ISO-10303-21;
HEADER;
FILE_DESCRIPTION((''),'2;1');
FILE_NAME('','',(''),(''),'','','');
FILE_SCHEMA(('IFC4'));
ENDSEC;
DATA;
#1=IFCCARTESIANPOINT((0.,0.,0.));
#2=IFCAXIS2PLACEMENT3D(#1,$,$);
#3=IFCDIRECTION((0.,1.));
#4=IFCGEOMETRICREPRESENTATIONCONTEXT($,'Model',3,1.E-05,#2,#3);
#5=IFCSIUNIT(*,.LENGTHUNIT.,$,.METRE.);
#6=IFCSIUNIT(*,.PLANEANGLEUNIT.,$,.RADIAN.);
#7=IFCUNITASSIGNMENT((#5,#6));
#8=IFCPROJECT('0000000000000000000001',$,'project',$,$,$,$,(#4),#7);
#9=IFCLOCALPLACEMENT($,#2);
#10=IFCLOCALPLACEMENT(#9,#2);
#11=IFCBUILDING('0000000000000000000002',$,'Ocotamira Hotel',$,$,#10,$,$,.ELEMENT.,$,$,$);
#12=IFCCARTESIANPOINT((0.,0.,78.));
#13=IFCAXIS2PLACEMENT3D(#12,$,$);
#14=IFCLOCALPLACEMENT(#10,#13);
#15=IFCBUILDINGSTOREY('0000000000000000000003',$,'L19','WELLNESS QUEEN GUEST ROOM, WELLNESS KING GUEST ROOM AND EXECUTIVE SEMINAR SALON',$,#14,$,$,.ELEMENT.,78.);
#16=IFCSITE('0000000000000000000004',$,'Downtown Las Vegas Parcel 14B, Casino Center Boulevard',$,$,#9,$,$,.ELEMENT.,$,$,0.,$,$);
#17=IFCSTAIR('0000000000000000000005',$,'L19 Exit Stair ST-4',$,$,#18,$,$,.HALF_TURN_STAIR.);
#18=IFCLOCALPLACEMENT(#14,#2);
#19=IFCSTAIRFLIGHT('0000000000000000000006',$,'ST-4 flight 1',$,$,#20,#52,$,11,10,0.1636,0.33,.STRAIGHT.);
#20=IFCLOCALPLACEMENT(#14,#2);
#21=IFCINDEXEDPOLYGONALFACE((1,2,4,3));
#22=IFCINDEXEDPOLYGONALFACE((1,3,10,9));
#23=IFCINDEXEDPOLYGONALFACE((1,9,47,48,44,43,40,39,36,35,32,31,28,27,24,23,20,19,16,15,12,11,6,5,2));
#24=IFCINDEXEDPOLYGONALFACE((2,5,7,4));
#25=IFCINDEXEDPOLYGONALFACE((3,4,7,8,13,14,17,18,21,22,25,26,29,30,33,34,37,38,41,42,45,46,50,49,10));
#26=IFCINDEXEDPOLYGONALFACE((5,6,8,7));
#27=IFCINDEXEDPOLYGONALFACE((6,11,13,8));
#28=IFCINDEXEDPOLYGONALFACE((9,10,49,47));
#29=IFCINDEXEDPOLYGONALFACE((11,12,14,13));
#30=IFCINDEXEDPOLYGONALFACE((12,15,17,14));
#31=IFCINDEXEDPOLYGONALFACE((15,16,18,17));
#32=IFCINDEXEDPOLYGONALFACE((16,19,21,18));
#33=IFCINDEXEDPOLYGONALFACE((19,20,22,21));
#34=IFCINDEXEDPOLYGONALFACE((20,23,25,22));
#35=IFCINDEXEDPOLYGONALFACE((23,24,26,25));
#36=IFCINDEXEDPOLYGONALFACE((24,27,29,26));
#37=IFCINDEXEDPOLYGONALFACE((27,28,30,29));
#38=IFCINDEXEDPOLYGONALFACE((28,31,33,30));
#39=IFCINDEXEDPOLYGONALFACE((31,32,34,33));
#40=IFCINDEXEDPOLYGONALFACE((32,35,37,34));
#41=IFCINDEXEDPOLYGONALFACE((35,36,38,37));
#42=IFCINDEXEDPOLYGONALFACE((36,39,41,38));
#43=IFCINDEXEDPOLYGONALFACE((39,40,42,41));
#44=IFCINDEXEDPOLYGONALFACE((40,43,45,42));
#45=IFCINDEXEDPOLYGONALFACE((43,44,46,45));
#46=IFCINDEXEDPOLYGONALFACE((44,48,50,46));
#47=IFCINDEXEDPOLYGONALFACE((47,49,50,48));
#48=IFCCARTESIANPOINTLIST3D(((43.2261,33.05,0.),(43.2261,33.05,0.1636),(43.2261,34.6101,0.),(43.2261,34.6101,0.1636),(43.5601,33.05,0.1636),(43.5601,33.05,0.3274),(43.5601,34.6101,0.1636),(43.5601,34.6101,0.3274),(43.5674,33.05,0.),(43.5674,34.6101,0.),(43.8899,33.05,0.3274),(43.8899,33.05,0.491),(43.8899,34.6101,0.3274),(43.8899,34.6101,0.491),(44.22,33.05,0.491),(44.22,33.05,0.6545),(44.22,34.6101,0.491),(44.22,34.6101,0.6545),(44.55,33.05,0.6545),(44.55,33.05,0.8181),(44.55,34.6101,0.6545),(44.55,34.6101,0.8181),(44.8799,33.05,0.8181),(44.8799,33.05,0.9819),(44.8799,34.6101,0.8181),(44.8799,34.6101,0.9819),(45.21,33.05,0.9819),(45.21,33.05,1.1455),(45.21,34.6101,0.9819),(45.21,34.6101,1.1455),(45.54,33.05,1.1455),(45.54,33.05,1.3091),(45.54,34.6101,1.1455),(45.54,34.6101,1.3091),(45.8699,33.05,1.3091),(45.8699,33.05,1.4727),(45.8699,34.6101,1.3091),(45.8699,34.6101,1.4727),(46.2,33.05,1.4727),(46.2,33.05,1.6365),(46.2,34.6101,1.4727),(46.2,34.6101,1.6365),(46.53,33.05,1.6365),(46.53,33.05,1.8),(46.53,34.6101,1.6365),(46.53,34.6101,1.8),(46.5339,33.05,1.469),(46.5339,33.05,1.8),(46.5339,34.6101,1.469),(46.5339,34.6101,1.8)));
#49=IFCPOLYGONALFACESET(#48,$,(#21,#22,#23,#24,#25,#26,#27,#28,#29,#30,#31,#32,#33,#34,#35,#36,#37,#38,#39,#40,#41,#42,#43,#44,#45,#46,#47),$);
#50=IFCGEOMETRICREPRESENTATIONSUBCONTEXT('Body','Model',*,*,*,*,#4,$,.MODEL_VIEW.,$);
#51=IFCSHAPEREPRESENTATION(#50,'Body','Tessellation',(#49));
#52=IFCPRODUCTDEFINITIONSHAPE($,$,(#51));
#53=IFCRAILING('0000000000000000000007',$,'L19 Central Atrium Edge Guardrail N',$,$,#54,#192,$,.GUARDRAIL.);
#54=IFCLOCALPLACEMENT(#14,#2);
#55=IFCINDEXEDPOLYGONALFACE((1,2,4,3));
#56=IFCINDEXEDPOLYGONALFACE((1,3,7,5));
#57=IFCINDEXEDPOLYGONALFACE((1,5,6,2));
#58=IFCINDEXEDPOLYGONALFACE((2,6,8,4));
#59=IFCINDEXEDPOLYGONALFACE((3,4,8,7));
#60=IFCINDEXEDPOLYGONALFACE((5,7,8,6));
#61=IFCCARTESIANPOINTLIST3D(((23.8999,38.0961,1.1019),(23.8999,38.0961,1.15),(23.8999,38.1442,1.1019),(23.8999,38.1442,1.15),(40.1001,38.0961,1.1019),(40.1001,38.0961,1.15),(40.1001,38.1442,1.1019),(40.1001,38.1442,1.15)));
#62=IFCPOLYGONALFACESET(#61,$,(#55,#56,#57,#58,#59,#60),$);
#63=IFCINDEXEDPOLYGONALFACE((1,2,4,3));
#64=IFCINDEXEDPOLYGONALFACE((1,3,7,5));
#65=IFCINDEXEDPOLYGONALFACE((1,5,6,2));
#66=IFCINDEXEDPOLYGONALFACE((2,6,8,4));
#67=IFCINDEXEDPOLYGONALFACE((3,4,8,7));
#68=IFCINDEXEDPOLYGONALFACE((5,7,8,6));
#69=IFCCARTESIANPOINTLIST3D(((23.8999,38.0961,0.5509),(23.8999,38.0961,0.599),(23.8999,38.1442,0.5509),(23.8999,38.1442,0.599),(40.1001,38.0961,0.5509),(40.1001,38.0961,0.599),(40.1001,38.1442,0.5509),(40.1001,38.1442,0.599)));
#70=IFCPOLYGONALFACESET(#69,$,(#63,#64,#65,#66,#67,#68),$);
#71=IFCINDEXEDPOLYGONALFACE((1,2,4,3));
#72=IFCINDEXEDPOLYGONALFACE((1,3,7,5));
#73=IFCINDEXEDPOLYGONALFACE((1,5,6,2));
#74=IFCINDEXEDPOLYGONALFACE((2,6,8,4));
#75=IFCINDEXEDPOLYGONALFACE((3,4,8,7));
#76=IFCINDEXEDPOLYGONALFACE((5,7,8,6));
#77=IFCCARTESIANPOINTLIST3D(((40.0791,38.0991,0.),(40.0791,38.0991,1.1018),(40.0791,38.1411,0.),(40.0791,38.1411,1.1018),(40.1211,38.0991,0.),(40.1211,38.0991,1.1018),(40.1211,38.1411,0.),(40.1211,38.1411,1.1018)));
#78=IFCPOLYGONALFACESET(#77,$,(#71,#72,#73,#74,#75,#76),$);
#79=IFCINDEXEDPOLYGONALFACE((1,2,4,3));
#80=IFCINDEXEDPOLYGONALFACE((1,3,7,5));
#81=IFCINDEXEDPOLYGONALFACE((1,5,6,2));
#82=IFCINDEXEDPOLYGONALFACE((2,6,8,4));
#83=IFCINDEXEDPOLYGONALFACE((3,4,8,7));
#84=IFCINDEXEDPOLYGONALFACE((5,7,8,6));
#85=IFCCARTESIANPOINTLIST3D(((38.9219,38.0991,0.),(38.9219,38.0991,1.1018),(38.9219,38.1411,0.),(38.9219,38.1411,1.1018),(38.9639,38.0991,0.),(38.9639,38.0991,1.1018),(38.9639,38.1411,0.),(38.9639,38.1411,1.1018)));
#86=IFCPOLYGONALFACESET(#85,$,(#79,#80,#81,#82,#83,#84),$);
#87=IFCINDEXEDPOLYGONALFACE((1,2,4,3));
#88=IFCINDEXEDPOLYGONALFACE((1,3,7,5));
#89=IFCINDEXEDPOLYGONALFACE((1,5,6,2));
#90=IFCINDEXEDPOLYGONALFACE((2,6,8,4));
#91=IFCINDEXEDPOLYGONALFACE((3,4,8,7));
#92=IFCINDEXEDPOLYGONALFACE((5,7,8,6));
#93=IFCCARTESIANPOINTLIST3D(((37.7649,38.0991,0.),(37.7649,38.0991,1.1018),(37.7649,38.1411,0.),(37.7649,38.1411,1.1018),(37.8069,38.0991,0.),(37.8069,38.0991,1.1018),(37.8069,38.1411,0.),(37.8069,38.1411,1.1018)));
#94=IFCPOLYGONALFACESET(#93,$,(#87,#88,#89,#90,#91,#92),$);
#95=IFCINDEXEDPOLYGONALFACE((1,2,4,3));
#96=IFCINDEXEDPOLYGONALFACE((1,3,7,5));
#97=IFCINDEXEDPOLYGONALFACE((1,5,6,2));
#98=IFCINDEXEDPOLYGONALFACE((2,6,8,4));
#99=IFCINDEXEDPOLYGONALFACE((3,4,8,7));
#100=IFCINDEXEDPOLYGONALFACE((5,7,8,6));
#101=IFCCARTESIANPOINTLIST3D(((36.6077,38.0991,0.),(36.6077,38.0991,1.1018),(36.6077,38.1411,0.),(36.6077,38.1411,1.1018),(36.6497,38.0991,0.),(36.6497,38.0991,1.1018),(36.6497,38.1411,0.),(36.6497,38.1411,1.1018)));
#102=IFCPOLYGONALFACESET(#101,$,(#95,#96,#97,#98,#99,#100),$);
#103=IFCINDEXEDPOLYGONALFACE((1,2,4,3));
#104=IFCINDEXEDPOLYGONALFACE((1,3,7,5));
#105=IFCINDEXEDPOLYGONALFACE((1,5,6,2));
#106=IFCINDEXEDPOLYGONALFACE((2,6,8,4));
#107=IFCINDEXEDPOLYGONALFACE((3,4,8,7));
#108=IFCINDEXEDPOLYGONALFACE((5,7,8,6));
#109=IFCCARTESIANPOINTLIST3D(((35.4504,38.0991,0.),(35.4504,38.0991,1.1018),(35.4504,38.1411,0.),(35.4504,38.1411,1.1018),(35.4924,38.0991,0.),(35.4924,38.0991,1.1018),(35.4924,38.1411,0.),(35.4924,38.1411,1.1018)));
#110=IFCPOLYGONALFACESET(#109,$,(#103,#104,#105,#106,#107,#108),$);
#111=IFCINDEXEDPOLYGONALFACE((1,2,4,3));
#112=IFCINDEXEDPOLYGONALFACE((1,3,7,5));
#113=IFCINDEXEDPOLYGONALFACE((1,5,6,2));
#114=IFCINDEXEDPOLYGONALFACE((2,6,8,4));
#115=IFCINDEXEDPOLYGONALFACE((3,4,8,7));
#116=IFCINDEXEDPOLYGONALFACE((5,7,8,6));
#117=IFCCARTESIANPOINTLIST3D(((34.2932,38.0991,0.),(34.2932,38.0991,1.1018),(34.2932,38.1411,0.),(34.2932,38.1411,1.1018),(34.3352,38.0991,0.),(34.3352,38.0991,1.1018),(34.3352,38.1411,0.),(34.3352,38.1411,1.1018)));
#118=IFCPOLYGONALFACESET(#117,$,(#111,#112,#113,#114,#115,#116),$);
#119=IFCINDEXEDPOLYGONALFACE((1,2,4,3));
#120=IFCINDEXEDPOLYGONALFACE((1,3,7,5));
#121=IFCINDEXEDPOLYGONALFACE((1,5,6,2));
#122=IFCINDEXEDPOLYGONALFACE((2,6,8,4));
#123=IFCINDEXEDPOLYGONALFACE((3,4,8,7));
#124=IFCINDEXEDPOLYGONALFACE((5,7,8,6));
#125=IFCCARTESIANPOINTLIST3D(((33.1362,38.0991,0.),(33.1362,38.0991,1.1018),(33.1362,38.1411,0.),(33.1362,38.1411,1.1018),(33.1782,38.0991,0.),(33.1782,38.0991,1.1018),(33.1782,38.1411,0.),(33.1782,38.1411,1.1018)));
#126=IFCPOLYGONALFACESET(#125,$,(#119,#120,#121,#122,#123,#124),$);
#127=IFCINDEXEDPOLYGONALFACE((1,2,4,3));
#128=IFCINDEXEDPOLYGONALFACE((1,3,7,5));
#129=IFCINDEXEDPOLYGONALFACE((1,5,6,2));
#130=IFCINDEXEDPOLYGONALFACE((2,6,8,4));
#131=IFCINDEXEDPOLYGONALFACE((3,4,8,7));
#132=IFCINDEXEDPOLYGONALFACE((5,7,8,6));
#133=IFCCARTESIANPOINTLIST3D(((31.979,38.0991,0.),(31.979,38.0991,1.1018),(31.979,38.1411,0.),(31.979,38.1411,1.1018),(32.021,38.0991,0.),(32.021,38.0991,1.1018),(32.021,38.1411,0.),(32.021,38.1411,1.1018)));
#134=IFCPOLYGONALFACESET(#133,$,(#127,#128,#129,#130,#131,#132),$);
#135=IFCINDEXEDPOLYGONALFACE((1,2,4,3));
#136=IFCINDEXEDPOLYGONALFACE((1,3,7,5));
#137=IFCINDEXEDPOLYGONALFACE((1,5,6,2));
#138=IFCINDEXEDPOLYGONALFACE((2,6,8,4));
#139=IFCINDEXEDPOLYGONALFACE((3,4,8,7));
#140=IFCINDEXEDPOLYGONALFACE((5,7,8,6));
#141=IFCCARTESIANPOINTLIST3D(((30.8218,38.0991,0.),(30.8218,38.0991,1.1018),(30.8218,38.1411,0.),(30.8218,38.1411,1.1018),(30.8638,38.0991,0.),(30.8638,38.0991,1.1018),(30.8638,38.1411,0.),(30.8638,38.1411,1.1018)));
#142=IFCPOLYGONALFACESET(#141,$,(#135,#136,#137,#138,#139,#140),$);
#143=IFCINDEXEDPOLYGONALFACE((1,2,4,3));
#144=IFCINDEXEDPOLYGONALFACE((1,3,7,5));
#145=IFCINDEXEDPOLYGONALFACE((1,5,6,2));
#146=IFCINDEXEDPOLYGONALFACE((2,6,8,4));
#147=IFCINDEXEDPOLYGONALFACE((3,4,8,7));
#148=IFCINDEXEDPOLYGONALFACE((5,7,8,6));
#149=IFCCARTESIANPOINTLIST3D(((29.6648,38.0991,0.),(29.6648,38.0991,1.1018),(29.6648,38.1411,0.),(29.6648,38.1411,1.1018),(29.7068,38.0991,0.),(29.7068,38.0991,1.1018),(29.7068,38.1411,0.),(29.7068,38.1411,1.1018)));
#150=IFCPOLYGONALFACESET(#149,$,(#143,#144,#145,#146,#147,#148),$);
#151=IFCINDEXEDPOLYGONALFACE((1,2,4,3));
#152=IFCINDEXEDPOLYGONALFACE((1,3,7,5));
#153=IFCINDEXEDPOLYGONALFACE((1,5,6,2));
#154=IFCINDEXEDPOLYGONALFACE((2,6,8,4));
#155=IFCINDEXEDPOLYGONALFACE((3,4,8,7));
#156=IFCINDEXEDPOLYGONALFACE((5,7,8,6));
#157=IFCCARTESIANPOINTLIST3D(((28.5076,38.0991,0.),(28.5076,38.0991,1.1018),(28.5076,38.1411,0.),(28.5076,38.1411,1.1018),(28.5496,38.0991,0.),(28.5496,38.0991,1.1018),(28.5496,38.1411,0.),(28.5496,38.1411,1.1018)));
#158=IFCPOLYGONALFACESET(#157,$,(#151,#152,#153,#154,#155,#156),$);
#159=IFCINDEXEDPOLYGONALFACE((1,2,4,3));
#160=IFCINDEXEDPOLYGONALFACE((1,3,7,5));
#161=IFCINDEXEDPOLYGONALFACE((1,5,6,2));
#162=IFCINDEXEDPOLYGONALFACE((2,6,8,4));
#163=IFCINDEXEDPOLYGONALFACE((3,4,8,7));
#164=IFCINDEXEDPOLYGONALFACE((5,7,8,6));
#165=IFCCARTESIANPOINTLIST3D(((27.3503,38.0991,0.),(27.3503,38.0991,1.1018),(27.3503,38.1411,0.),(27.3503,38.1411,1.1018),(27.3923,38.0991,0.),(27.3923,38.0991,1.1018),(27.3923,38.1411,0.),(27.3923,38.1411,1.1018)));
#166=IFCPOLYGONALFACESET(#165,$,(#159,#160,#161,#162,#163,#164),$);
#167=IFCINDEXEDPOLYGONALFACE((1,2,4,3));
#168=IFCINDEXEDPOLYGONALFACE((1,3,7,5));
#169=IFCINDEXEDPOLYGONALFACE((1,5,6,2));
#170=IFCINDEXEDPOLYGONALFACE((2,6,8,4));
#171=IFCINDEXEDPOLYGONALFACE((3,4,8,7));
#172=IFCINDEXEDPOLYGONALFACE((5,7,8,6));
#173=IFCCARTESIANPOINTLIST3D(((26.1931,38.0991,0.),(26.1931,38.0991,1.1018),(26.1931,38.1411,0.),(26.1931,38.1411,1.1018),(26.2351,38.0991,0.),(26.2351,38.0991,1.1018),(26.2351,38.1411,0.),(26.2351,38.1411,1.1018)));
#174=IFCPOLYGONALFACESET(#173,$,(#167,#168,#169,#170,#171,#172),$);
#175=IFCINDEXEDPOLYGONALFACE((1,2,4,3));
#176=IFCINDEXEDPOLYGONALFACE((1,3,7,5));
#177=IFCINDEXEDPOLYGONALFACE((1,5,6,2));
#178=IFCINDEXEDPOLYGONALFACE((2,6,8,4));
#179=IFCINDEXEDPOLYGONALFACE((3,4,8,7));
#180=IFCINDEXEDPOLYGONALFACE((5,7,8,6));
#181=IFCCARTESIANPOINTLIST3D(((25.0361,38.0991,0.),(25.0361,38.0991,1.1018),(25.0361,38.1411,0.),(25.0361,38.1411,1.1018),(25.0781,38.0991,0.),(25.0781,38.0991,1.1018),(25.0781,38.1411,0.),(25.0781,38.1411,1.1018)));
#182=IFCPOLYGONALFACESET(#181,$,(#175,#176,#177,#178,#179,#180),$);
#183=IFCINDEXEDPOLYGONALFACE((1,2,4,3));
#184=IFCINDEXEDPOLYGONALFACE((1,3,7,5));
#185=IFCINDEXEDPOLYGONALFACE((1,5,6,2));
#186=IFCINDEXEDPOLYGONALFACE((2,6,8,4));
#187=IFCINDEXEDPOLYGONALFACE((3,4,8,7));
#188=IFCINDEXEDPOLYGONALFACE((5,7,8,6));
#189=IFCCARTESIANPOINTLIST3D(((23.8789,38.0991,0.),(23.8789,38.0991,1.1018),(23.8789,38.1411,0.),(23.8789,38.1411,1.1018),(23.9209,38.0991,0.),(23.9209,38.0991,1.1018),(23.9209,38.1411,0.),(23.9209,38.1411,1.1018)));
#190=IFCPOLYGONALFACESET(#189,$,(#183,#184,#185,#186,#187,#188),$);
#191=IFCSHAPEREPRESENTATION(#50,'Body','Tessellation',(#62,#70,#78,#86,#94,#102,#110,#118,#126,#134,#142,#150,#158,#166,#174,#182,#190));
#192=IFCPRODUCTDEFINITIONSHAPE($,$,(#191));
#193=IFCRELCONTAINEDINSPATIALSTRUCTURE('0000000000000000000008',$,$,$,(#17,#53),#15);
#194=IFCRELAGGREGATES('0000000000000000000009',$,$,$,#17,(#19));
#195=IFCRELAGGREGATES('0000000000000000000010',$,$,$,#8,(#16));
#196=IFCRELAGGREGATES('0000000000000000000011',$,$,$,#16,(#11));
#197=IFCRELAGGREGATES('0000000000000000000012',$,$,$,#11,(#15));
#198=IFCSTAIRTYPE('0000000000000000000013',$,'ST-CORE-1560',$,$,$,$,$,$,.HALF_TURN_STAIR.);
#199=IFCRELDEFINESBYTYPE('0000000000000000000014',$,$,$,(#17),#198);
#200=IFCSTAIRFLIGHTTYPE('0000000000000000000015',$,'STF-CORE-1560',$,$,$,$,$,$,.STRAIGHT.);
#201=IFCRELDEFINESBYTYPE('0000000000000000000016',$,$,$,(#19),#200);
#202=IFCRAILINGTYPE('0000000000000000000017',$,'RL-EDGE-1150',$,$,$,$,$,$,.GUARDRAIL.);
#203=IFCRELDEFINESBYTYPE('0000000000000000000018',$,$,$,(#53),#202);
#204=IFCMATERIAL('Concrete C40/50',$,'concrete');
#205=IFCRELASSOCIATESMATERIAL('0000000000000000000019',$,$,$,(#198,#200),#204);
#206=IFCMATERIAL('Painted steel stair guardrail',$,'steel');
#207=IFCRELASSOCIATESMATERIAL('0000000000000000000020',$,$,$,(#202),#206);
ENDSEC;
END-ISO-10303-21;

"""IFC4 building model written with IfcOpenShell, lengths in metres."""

from ifc_helpers import new_model, si_unit, direction, frame, origin, origin_2d, place, context, subcontext, project, spatial, polyline, rectangle, outline, extrude, source, transform, mapped, material, type_object, element, aggregate, save


model = new_model("IFC4")

# Units and contexts
model_context = context("Model", 3, precision=1e-05, world=origin(), true_north=direction((0.0, 1.0)))
body_context = subcontext(model_context, "Body", "Model", "MODEL_VIEW")
ifc_project = project(units=[si_unit("LENGTHUNIT", "METRE"), si_unit("PLANEANGLEUNIT", "RADIAN")], contexts=[model_context])

# Site, building, storey
site_placement = place(None, origin())
site = spatial("IfcSite", under=ifc_project, at=site_placement, Name="Downtown Las Vegas Parcel 14B, Casino Center Boulevard", CompositionType="ELEMENT", RefElevation=0.0)
building_placement = place(site_placement, origin())
building = spatial("IfcBuilding", under=site, at=building_placement, Name="Ocotamira Hotel", CompositionType="ELEMENT")
storey_placement = place(building_placement, frame((0.0, 0.0, 78.0)))
storey = spatial("IfcBuildingStorey", under=building, at=storey_placement, Name="L19", Description="WELLNESS QUEEN GUEST ROOM, WELLNESS KING GUEST ROOM AND EXECUTIVE SEMINAR SALON", CompositionType="ELEMENT", Elevation=78.0)

# Stair, stair flight
ifc_material_1 = material(Name="Concrete C40/50", Category="concrete")
stair_type = type_object("IfcStairType", Name="ST-CORE-1560", PredefinedType="HALF_TURN_STAIR", material=ifc_material_1)
stair_placement = place(storey_placement, origin())
stair = element("IfcStair", 1, at=stair_placement, inside=storey, type_object=stair_type, Name="L19 Exit Stair ST-4", PredefinedType="HALF_TURN_STAIR")
stair_flight_type = type_object("IfcStairFlightType", Name="STF-CORE-1560", PredefinedType="STRAIGHT", material=ifc_material_1)
shared_shape_1 = source(origin(), body_context, "Body", "SweptSolid", [
    extrude(outline(polyline([(-0.0039, 0.0), (-0.0039, 0.1636), (0.3301, 0.1636), (0.3301, 0.3274), (0.6599, 0.3274), (0.6599, 0.491), (0.99, 0.491), (0.99, 0.6545), (1.3201, 0.6545), (1.3201, 0.8181), (1.6499, 0.8181), (1.6499, 0.9819), (1.98, 0.9819), (1.98, 1.1455), (2.3101, 1.1455), (2.3101, 1.3091), (2.6399, 1.3091), (2.6399, 1.4727), (2.97, 1.4727), (2.97, 1.6365), (3.3, 1.6365), (3.3, 1.8), (3.304, 1.8), (3.304, 1.469), (0.3374, 0.0), (-0.0039, 0.0)])), frame((0.0, 0.78, 0.0), z_axis=(0.0, -1.0, 0.0), x_axis=(1.0, 0.0, 0.0)), (0.0, 0.0, 1.0), 1.5601),
])
stair_flight_placement = place(storey_placement, frame((43.23, 33.8301, 0.0), z_axis=(0.0, 0.0, 1.0), x_axis=(1.0, 0.0, 0.0)))
stair_flight = element("IfcStairFlight", 2, at=stair_flight_placement, type_object=stair_flight_type, Name="ST-4 flight 1", NumberOfRisers=11, NumberOfTreads=10, PredefinedType="STRAIGHT", RiserHeight=0.1636, TreadLength=0.33, context=body_context, shape_type="MappedRepresentation", body=[
    mapped(shared_shape_1, transform((0.0, 0.0, 0.0), scale=1.0)),
])
aggregate(stair, [stair_flight])

# Railing
ifc_material_2 = material(Name="Painted steel stair guardrail", Category="steel")
railing_type_1 = type_object("IfcRailingType", Name="RL-EDGE-1150", PredefinedType="GUARDRAIL", material=ifc_material_2)
railing_1_placement = place(storey_placement, frame((40.1001, 38.1201, 0.0)))
element("IfcRailing", 3, at=railing_1_placement, inside=storey, type_object=railing_type_1, Name="L19 Central Atrium Edge Guardrail N", PredefinedType="GUARDRAIL", context=body_context, shape_type="SweptSolid", body=[
    extrude(rectangle(XDim=0.0481, YDim=0.0481, at=origin_2d()), frame((0.0, 0.0, 1.126), z_axis=(-1.0, 0.0, 0.0), x_axis=(0.0, -1.0, 0.0)), (0.0, 0.0, 1.0), 16.2002),
    extrude(rectangle(XDim=0.0481, YDim=0.0481, at=origin_2d()), frame((0.0, 0.0, 0.575), z_axis=(-1.0, 0.0, 0.0), x_axis=(0.0, -1.0, 0.0)), (0.0, 0.0, 1.0), 16.2002),
    extrude(rectangle(XDim=0.042, YDim=0.042, at=origin_2d()), origin(), (0.0, 0.0, 1.0), 1.1018),
    extrude(rectangle(XDim=0.042, YDim=0.042, at=origin_2d()), frame((-1.1572, 0.0, 0.0)), (0.0, 0.0, 1.0), 1.1018),
    extrude(rectangle(XDim=0.042, YDim=0.042, at=origin_2d()), frame((-2.3142, 0.0, 0.0)), (0.0, 0.0, 1.0), 1.1018),
    extrude(rectangle(XDim=0.042, YDim=0.042, at=origin_2d()), frame((-3.4714, 0.0, 0.0)), (0.0, 0.0, 1.0), 1.1018),
    extrude(rectangle(XDim=0.042, YDim=0.042, at=origin_2d()), frame((-4.6287, 0.0, 0.0)), (0.0, 0.0, 1.0), 1.1018),
    extrude(rectangle(XDim=0.042, YDim=0.042, at=origin_2d()), frame((-5.7859, 0.0, 0.0)), (0.0, 0.0, 1.0), 1.1018),
    extrude(rectangle(XDim=0.042, YDim=0.042, at=origin_2d()), frame((-6.9429, 0.0, 0.0)), (0.0, 0.0, 1.0), 1.1018),
    extrude(rectangle(XDim=0.042, YDim=0.042, at=origin_2d()), frame((-8.1001, 0.0, 0.0)), (0.0, 0.0, 1.0), 1.1018),
    extrude(rectangle(XDim=0.042, YDim=0.042, at=origin_2d()), frame((-9.2573, 0.0, 0.0)), (0.0, 0.0, 1.0), 1.1018),
    extrude(rectangle(XDim=0.042, YDim=0.042, at=origin_2d()), frame((-10.4143, 0.0, 0.0)), (0.0, 0.0, 1.0), 1.1018),
    extrude(rectangle(XDim=0.042, YDim=0.042, at=origin_2d()), frame((-11.5715, 0.0, 0.0)), (0.0, 0.0, 1.0), 1.1018),
    extrude(rectangle(XDim=0.042, YDim=0.042, at=origin_2d()), frame((-12.7288, 0.0, 0.0)), (0.0, 0.0, 1.0), 1.1018),
    extrude(rectangle(XDim=0.042, YDim=0.042, at=origin_2d()), frame((-13.886, 0.0, 0.0)), (0.0, 0.0, 1.0), 1.1018),
    extrude(rectangle(XDim=0.042, YDim=0.042, at=origin_2d()), frame((-15.043, 0.0, 0.0)), (0.0, 0.0, 1.0), 1.1018),
    extrude(rectangle(XDim=0.042, YDim=0.042, at=origin_2d()), frame((-16.2002, 0.0, 0.0)), (0.0, 0.0, 1.0), 1.1018),
])

save(model, "model.ifc")
